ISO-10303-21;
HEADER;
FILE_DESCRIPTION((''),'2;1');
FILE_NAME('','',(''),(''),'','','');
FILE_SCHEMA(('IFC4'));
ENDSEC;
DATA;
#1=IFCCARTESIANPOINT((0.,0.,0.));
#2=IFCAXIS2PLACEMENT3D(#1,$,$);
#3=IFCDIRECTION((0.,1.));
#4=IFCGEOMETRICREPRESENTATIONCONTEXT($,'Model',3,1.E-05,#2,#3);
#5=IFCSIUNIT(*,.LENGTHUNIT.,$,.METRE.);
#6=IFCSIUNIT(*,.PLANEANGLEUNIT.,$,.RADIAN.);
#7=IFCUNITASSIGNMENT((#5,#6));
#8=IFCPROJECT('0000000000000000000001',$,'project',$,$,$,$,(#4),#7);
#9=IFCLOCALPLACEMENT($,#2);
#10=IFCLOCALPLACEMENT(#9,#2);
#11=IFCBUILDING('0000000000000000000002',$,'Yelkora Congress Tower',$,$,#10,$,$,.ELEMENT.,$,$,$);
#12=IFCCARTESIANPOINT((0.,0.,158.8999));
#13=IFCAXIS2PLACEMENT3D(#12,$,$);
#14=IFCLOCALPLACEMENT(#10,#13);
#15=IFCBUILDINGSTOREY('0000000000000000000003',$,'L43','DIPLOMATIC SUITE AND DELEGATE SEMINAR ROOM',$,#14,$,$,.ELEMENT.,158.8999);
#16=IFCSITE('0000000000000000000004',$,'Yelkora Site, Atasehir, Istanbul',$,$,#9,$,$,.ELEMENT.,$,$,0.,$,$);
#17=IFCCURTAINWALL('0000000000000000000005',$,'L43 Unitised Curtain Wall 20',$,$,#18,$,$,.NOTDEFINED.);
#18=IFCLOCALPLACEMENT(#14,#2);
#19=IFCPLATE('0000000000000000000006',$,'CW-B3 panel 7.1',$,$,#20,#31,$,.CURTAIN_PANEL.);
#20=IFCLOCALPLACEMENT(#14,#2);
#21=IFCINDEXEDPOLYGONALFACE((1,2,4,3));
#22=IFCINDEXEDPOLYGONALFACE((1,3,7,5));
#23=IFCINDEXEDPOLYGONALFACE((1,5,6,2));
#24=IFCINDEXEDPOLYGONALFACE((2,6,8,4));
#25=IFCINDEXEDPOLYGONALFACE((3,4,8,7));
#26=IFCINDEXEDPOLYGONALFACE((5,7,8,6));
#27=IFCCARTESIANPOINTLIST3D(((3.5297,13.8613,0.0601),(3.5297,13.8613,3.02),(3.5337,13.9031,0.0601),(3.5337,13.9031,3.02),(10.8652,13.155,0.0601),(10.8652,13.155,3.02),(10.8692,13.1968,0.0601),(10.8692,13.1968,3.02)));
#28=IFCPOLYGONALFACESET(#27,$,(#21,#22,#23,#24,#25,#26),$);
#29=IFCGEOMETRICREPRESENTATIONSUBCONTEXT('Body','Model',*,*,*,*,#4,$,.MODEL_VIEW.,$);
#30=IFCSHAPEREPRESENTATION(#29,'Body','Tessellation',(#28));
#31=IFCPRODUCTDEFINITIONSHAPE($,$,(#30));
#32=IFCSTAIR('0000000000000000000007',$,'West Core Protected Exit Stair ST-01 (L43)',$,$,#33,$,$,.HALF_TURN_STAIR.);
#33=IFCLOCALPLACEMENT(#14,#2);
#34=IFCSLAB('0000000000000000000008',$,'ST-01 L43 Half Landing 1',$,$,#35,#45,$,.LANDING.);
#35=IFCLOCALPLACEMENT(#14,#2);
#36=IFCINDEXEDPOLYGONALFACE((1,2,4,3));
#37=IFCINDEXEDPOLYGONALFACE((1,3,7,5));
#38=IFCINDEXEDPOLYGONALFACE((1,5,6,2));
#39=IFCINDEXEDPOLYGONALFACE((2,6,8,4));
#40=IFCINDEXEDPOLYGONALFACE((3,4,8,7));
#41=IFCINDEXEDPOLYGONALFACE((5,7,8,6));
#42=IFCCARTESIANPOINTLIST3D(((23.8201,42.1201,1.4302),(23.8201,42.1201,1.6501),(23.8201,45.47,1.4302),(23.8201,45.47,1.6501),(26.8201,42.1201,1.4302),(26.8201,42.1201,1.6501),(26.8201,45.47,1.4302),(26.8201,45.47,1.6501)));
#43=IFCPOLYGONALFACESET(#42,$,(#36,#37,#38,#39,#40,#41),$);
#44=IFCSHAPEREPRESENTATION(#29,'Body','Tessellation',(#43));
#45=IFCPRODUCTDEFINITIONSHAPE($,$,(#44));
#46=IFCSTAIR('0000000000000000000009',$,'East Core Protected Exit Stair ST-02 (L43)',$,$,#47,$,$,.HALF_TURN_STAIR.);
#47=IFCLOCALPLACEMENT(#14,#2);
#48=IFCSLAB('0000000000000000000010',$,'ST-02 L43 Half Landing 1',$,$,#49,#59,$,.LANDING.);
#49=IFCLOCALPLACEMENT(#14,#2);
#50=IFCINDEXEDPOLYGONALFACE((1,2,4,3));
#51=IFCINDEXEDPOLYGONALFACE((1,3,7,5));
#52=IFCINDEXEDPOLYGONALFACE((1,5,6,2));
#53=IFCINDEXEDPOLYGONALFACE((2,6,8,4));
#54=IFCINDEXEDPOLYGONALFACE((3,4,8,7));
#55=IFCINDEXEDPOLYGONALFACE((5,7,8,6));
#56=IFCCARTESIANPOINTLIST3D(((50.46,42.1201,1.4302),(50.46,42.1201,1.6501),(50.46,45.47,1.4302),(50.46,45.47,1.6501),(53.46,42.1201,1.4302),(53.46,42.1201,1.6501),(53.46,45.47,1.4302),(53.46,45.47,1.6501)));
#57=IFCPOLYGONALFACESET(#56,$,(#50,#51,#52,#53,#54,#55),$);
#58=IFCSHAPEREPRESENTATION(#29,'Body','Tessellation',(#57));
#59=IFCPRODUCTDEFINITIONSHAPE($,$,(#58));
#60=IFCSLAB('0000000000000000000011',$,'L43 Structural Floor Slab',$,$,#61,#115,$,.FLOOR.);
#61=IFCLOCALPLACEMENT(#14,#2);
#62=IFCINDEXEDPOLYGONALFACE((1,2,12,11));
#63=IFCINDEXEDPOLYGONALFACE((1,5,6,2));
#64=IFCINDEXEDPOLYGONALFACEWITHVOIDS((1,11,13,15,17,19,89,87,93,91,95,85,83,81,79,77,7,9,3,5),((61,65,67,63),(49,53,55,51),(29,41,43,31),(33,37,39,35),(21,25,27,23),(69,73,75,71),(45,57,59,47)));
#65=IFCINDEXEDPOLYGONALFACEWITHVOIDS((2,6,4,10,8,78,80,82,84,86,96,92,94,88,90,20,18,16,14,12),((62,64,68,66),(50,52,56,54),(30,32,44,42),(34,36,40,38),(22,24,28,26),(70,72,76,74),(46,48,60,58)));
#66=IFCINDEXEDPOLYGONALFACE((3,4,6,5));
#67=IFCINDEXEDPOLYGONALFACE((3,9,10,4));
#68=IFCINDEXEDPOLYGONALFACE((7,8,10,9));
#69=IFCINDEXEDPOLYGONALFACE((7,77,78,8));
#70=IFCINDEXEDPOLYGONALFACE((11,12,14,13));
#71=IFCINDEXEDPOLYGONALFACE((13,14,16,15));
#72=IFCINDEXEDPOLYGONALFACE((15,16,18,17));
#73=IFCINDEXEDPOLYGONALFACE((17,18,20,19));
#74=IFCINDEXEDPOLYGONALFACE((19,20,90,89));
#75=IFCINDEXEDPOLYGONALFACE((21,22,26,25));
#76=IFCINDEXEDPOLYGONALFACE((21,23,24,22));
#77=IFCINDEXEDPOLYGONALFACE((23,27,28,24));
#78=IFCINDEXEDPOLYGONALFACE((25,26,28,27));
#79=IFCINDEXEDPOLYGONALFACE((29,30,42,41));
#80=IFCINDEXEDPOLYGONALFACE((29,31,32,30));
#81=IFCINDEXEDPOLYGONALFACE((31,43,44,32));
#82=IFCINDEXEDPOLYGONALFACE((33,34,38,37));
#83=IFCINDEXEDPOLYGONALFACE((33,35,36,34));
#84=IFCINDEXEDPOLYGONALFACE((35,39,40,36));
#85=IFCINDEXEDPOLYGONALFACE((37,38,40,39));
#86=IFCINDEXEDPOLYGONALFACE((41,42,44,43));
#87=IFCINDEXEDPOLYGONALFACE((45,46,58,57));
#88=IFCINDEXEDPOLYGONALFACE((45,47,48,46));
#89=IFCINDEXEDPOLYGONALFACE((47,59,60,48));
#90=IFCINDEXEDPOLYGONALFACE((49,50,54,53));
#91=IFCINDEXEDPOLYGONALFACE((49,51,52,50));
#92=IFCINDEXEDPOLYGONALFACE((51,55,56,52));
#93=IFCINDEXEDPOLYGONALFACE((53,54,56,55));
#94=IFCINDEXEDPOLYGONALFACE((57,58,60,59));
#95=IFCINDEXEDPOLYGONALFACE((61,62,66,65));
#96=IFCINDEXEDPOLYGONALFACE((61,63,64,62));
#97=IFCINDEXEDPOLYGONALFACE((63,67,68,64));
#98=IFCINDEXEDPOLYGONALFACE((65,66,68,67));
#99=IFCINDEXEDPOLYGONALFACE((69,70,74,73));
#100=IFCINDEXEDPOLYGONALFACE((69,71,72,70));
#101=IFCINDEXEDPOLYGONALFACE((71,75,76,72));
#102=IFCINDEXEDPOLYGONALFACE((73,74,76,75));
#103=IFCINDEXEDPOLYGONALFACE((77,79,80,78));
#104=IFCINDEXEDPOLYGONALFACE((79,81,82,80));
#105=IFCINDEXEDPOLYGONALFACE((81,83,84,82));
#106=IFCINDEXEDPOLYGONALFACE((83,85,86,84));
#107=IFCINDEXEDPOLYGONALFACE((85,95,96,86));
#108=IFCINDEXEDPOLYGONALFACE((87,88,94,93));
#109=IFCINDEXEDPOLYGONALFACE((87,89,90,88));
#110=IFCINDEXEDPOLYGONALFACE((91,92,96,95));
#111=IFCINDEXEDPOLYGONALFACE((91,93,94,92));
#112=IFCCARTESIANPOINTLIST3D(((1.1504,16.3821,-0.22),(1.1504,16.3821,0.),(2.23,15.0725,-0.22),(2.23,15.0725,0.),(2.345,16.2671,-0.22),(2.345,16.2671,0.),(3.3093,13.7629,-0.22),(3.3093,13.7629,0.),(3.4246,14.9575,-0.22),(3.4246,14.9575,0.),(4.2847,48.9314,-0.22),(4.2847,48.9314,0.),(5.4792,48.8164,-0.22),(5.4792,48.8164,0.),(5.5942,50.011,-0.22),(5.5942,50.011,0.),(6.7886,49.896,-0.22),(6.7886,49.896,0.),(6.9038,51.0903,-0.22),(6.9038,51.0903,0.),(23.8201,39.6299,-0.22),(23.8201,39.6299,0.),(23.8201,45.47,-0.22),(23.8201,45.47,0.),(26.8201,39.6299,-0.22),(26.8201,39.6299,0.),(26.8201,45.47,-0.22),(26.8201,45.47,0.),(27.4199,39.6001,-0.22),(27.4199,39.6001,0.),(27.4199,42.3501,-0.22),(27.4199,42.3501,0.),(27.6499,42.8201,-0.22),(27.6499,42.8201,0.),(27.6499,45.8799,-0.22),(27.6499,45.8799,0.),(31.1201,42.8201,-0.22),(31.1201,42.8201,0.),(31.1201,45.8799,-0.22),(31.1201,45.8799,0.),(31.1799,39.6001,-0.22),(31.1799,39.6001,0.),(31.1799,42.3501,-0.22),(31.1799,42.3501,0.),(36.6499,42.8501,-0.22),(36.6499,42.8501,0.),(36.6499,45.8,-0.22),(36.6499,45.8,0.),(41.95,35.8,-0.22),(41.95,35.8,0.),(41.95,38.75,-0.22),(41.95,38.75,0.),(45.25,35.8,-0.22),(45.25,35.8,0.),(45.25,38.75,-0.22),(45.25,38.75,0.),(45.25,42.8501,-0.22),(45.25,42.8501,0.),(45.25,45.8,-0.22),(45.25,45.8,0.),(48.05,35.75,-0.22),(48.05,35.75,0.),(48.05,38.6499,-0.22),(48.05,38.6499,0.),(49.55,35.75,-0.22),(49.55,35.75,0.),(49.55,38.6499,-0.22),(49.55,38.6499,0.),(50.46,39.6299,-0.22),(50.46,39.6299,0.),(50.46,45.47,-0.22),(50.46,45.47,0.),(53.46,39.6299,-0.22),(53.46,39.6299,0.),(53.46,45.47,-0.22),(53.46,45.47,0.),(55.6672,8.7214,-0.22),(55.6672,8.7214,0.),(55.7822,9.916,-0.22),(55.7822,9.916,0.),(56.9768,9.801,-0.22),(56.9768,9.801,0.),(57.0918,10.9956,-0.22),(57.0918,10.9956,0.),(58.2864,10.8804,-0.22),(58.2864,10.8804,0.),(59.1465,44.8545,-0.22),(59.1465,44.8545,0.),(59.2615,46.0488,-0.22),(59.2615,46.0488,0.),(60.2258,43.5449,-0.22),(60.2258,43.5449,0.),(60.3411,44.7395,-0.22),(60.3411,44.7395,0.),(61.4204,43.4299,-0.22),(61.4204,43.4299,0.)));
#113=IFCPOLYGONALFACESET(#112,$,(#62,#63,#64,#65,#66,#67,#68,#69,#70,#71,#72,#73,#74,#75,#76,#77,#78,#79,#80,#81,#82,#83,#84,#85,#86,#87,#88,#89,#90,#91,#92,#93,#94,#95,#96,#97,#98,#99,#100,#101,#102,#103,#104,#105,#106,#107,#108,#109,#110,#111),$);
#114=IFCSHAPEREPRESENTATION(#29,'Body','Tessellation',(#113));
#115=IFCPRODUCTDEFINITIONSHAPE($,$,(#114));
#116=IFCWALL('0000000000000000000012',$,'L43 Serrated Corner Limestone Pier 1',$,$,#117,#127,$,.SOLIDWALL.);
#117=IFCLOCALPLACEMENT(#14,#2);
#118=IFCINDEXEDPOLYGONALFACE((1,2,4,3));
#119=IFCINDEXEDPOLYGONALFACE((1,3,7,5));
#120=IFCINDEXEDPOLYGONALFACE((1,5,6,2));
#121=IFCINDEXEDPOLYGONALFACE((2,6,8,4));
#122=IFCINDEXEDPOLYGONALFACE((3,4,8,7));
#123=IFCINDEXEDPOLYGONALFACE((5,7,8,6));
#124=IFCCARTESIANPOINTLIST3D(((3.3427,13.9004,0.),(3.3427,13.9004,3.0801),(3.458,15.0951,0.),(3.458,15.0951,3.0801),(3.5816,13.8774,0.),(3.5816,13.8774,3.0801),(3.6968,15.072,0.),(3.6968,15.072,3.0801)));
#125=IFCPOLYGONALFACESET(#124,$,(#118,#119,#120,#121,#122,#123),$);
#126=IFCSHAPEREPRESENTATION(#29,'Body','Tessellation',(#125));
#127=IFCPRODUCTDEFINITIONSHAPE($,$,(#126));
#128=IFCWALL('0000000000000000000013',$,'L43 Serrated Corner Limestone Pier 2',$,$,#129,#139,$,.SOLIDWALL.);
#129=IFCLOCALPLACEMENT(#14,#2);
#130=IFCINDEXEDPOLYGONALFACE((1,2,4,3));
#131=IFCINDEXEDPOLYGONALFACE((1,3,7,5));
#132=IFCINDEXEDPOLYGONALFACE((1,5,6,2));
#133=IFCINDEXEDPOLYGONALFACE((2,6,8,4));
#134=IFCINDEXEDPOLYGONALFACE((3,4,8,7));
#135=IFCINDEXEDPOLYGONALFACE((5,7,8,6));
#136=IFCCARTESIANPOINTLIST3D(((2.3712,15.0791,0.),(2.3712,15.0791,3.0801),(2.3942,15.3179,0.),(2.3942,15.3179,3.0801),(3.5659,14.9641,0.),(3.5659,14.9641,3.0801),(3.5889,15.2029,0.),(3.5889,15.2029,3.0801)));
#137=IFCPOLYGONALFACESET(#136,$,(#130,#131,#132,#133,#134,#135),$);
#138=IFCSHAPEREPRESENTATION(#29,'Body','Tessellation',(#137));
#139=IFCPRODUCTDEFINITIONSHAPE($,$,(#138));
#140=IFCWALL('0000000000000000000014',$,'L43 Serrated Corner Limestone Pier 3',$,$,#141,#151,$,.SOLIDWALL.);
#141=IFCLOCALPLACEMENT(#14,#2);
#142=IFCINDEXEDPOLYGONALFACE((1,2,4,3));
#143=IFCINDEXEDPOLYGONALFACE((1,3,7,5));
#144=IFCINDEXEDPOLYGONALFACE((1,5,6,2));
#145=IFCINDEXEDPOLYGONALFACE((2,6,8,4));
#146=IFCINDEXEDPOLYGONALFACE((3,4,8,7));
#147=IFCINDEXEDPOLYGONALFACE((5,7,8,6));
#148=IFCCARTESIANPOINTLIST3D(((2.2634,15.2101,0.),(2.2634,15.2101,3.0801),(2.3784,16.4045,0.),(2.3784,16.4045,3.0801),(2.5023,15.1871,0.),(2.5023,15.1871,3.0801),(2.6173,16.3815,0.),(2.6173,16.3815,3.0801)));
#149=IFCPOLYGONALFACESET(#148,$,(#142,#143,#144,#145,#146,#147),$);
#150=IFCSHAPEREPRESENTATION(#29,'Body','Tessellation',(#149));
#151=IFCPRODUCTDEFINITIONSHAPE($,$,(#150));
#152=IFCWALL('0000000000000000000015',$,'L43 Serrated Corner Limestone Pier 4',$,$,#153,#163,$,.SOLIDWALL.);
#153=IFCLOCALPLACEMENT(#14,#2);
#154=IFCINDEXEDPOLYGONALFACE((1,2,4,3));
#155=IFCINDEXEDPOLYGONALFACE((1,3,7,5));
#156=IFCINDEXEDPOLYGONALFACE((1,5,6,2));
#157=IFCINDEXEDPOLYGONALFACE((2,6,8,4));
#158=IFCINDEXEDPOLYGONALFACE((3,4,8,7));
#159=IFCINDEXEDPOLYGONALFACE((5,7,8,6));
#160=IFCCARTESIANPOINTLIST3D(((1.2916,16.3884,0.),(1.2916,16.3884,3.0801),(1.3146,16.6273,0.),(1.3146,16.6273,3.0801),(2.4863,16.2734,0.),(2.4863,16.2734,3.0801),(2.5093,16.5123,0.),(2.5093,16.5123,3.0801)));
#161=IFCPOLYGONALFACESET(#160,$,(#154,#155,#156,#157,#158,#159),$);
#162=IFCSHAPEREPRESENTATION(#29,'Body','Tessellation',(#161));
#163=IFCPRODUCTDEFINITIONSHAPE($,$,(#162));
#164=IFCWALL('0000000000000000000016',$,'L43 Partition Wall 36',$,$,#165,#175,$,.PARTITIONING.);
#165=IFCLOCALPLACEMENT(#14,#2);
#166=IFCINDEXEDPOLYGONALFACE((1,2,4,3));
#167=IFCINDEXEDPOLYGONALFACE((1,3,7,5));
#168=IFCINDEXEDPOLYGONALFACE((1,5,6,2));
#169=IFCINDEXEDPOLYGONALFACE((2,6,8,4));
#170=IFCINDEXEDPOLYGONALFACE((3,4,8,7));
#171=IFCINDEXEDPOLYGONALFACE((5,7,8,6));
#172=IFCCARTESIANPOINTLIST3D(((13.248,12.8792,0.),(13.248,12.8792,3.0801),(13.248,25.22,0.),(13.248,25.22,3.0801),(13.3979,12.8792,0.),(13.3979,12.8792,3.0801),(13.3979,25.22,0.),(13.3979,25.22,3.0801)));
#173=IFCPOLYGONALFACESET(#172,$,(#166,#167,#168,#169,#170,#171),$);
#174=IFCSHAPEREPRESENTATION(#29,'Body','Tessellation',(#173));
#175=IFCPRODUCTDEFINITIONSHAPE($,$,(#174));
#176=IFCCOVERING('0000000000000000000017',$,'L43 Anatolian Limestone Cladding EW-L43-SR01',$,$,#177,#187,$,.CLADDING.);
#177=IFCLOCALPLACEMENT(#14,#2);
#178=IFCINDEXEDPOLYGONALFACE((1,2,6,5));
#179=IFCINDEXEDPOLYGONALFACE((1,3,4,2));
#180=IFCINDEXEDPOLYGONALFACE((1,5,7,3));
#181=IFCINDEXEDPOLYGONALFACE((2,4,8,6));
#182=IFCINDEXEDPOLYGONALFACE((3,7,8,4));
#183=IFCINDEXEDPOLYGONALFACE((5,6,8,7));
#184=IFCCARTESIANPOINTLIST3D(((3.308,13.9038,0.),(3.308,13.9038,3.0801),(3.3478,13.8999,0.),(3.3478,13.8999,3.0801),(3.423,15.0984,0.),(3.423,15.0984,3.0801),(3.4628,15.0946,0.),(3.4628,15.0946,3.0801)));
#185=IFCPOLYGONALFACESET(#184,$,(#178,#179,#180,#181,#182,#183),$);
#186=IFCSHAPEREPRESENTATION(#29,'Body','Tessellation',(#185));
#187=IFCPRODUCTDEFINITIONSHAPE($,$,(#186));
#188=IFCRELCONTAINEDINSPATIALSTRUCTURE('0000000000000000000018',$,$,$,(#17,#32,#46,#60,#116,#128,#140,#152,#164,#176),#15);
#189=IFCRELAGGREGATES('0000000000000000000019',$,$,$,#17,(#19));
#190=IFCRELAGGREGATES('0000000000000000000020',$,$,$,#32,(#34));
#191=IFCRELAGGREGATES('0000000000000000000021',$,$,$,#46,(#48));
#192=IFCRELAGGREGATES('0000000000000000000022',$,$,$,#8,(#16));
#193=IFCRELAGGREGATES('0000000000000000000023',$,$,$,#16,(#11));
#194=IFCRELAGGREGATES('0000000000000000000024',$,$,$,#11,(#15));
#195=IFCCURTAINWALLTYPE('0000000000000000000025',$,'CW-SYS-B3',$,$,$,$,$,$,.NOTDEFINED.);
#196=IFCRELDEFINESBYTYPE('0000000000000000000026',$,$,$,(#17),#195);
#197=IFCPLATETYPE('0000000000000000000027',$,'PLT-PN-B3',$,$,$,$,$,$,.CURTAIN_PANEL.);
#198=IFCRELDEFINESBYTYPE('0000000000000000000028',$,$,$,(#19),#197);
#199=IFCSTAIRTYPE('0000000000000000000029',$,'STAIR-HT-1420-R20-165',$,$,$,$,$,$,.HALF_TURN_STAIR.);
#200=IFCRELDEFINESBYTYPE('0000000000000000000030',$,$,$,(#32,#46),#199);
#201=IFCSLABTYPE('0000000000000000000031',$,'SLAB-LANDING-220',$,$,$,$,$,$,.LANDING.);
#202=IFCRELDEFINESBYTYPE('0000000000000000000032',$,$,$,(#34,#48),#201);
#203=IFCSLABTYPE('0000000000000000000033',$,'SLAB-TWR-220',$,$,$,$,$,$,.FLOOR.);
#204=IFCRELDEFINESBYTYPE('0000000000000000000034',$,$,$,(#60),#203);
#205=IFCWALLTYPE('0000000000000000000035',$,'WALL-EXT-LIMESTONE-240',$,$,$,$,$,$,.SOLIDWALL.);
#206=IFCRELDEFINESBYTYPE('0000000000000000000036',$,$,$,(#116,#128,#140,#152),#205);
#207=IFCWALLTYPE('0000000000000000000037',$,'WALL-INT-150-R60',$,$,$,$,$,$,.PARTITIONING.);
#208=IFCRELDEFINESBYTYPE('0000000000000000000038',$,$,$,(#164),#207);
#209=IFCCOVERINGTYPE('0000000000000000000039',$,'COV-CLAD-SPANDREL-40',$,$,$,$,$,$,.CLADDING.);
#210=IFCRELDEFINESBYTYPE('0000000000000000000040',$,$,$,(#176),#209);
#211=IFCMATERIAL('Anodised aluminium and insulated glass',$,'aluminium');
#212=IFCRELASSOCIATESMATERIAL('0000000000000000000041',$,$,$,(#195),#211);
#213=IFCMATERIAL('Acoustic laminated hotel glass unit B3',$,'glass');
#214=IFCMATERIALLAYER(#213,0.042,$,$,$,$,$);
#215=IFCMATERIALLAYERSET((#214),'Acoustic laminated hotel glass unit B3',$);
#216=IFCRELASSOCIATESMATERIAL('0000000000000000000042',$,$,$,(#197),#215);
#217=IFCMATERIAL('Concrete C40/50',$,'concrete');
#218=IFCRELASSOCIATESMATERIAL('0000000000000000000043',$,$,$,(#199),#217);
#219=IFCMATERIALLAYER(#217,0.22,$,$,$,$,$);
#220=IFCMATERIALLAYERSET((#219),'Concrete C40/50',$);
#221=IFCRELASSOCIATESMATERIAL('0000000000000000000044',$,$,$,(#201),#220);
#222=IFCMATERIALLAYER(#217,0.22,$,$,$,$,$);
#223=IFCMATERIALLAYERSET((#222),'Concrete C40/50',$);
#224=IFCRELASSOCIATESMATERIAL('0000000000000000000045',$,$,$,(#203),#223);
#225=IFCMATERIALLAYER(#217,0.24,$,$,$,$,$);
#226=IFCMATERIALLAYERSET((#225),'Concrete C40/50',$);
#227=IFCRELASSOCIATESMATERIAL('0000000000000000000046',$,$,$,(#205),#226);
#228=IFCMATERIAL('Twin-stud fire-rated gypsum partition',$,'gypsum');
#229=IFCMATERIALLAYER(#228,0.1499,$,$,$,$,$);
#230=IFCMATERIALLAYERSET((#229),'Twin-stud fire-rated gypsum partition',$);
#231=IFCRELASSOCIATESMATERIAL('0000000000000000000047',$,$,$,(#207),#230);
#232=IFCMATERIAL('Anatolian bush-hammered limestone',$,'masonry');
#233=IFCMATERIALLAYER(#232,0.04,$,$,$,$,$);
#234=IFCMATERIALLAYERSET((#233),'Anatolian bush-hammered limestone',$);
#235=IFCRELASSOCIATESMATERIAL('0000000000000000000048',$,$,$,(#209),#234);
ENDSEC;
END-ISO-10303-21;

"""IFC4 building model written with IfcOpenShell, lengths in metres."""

from ifc_helpers import new_model, si_unit, direction, frame, frame_2d, origin, origin_2d, place, context, subcontext, project, spatial, polyline, rectangle, outline, extrude, material, layer, layer_set, type_object, element, aggregate, save


model = new_model("IFC4")

# Units and contexts
model_context = context("Model", 3, precision=1e-05, world=origin(), true_north=direction((0.0, 1.0)))
body_context = subcontext(model_context, "Body", "Model", "MODEL_VIEW")
ifc_project = project(units=[si_unit("LENGTHUNIT", "METRE"), si_unit("PLANEANGLEUNIT", "RADIAN")], contexts=[model_context])

# Site, building, storey
site_placement = place(None, origin())
site = spatial("IfcSite", under=ifc_project, at=site_placement, Name="Yelkora Site, Atasehir, Istanbul", CompositionType="ELEMENT", RefElevation=0.0)
building_placement = place(site_placement, origin())
building = spatial("IfcBuilding", under=site, at=building_placement, Name="Yelkora Congress Tower", CompositionType="ELEMENT")
storey_placement = place(building_placement, frame((0.0, 0.0, 158.8999)))
storey = spatial("IfcBuildingStorey", under=building, at=storey_placement, Name="L43", Description="DIPLOMATIC SUITE AND DELEGATE SEMINAR ROOM", CompositionType="ELEMENT", Elevation=158.8999)

# Curtain wall, plate
ifc_material_1 = material(Name="Anodised aluminium and insulated glass", Category="aluminium")
curtain_wall_type = type_object("IfcCurtainWallType", Name="CW-SYS-B3", PredefinedType="NOTDEFINED", material=ifc_material_1)
curtain_wall_placement = place(storey_placement, origin())
curtain_wall = element("IfcCurtainWall", 1, at=curtain_wall_placement, inside=storey, type_object=curtain_wall_type, Name="L43 Unitised Curtain Wall 20", PredefinedType="NOTDEFINED")
ifc_material_2 = material(Name="Acoustic laminated hotel glass unit B3", Category="glass")
ifc_layer_1 = layer(ifc_material_2, 0.042)
ifc_layer_set_1 = layer_set([ifc_layer_1], Name="Acoustic laminated hotel glass unit B3")
plate_type = type_object("IfcPlateType", Name="PLT-PN-B3", PredefinedType="CURTAIN_PANEL", material=ifc_layer_set_1)
plate_1_placement = place(storey_placement, frame((7.1995, 13.5291, 0.0601), z_axis=(0.0, 0.0, 1.0), x_axis=(-0.995396, 0.095845, 0.0)))
plate_1 = element("IfcPlate", 2, at=plate_1_placement, type_object=plate_type, Name="CW-B3 panel 7.1", PredefinedType="CURTAIN_PANEL", context=body_context, shape_type="SweptSolid", body=[
    extrude(rectangle(XDim=7.3694, YDim=0.042, at=origin_2d()), origin(), (0.0, 0.0, 1.0), 2.96),
])
aggregate(curtain_wall, [plate_1])

# Stairs, slabs
ifc_material_3 = material(Name="Concrete C40/50", Category="concrete")
stair_type = type_object("IfcStairType", Name="STAIR-HT-1420-R20-165", PredefinedType="HALF_TURN_STAIR", material=ifc_material_3)
stair_1_placement = place(storey_placement, origin())
stair_1 = element("IfcStair", 3, at=stair_1_placement, inside=storey, type_object=stair_type, Name="West Core Protected Exit Stair ST-01 (L43)", PredefinedType="HALF_TURN_STAIR")
ifc_layer_2 = layer(ifc_material_3, 0.22)
ifc_layer_set_2 = layer_set([ifc_layer_2], Name="Concrete C40/50")
slab_type_1 = type_object("IfcSlabType", Name="SLAB-LANDING-220", PredefinedType="LANDING", material=ifc_layer_set_2)
slab_1_placement = place(storey_placement, frame((0.0, 0.0, 1.4302)))
slab_1 = element("IfcSlab", 4, at=slab_1_placement, type_object=slab_type_1, Name="ST-01 L43 Half Landing 1", PredefinedType="LANDING", context=body_context, shape_type="SweptSolid", body=[
    extrude(outline(polyline([(26.8201, 42.1201), (26.8201, 45.47), (23.8201, 45.47), (23.8201, 42.1201), (26.8201, 42.1201)])), origin(), (0.0, 0.0, 1.0), 0.22),
])
aggregate(stair_1, [slab_1])
stair_2_placement = place(storey_placement, origin())
stair_2 = element("IfcStair", 5, at=stair_2_placement, inside=storey, type_object=stair_type, Name="East Core Protected Exit Stair ST-02 (L43)", PredefinedType="HALF_TURN_STAIR")
slab_2_placement = place(storey_placement, frame((0.0, 0.0, 1.4302)))
slab_2 = element("IfcSlab", 6, at=slab_2_placement, type_object=slab_type_1, Name="ST-02 L43 Half Landing 1", PredefinedType="LANDING", context=body_context, shape_type="SweptSolid", body=[
    extrude(outline(polyline([(53.46, 42.1201), (53.46, 45.47), (50.46, 45.47), (50.46, 42.1201), (53.46, 42.1201)])), origin(), (0.0, 0.0, 1.0), 0.22),
])
aggregate(stair_2, [slab_2])

# Slab
ifc_layer_3 = layer(ifc_material_3, 0.22)
ifc_layer_set_3 = layer_set([ifc_layer_3], Name="Concrete C40/50")
slab_type_2 = type_object("IfcSlabType", Name="SLAB-TWR-220", PredefinedType="FLOOR", material=ifc_layer_set_3)
slab_3_placement = place(storey_placement, frame((0.0, 0.0, -0.22)))
element("IfcSlab", 7, at=slab_3_placement, inside=storey, type_object=slab_type_2, Name="L43 Structural Floor Slab", PredefinedType="FLOOR", context=body_context, shape_type="SweptSolid", body=[
    extrude(outline(polyline([(3.3093, 13.7629), (55.6672, 8.7214), (55.7822, 9.916), (56.9768, 9.801), (57.0918, 10.9956), (58.2864, 10.8804), (61.4204, 43.4299), (60.2258, 43.5449), (60.3411, 44.7395), (59.1465, 44.8545), (59.2615, 46.0488), (6.9038, 51.0903), (6.7886, 49.896), (5.5942, 50.011), (5.4792, 48.8164), (4.2847, 48.9314), (1.1504, 16.3821), (2.345, 16.2671), (2.23, 15.0725), (3.4246, 14.9575), (3.3093, 13.7629)]), holes=[polyline([(23.8201, 39.6299), (26.8201, 39.6299), (26.8201, 45.47), (23.8201, 45.47), (23.8201, 39.6299)]), polyline([(50.46, 39.6299), (53.46, 39.6299), (53.46, 45.47), (50.46, 45.47), (50.46, 39.6299)]), polyline([(48.05, 35.75), (49.55, 35.75), (49.55, 38.6499), (48.05, 38.6499), (48.05, 35.75)]), polyline([(36.6499, 42.8501), (45.25, 42.8501), (45.25, 45.8), (36.6499, 45.8), (36.6499, 42.8501)]), polyline([(41.95, 35.8), (45.25, 35.8), (45.25, 38.75), (41.95, 38.75), (41.95, 35.8)]), polyline([(27.4199, 39.6001), (31.1799, 39.6001), (31.1799, 42.3501), (27.4199, 42.3501), (27.4199, 39.6001)]), polyline([(27.6499, 42.8201), (31.1201, 42.8201), (31.1201, 45.8799), (27.6499, 45.8799), (27.6499, 42.8201)])]), origin(), (0.0, 0.0, 1.0), 0.22),
])

# Walls
ifc_layer_4 = layer(ifc_material_3, 0.24)
ifc_layer_set_4 = layer_set([ifc_layer_4], Name="Concrete C40/50")
wall_type_1 = type_object("IfcWallType", Name="WALL-EXT-LIMESTONE-240", PredefinedType="SOLIDWALL", material=ifc_layer_set_4)
for number, where, z_axis, x_axis, name in (
    (8, (3.4622, 13.8889, 0.0), (0.0, 0.0, 1.0), (0.096019, 0.99538, 0.0), "L43 Serrated Corner Limestone Pier 1"),
    (9, (3.5774, 15.0835, 0.0), (0.0, 0.0, 1.0), (-0.995399, 0.095817, 0.0), "L43 Serrated Corner Limestone Pier 2"),
):
    element("IfcWall", number, at=place(storey_placement, frame(where, z_axis=z_axis, x_axis=x_axis)), inside=storey, type_object=wall_type_1, Name=name, PredefinedType="SOLIDWALL", context=body_context, shape_type="SweptSolid", body=[
        extrude(rectangle(XDim=1.2002, YDim=0.24, at=frame_2d((0.6001, 0.0))), origin(), (0.0, 0.0, 1.0), 3.0801),
    ])
wall_1_placement = place(storey_placement, frame((2.3828, 15.1985, 0.0), z_axis=(0.0, 0.0, 1.0), x_axis=(0.095836, 0.995397, 0.0)))
element("IfcWall", 10, at=wall_1_placement, inside=storey, type_object=wall_type_1, Name="L43 Serrated Corner Limestone Pier 3", PredefinedType="SOLIDWALL", context=body_context, shape_type="SweptSolid", body=[
    extrude(rectangle(XDim=1.2, YDim=0.24, at=frame_2d((0.6001, 0.0))), origin(), (0.0, 0.0, 1.0), 3.0801),
])
wall_2_placement = place(storey_placement, frame((2.4978, 16.3928, 0.0), z_axis=(0.0, 0.0, 1.0), x_axis=(-0.995399, 0.095817, 0.0)))
element("IfcWall", 11, at=wall_2_placement, inside=storey, type_object=wall_type_1, Name="L43 Serrated Corner Limestone Pier 4", PredefinedType="SOLIDWALL", context=body_context, shape_type="SweptSolid", body=[
    extrude(rectangle(XDim=1.2002, YDim=0.24, at=frame_2d((0.6001, 0.0))), origin(), (0.0, 0.0, 1.0), 3.0801),
])
ifc_material_4 = material(Name="Twin-stud fire-rated gypsum partition", Category="gypsum")
ifc_layer_5 = layer(ifc_material_4, 0.1499)
ifc_layer_set_5 = layer_set([ifc_layer_5], Name="Twin-stud fire-rated gypsum partition")
wall_type_2 = type_object("IfcWallType", Name="WALL-INT-150-R60", PredefinedType="PARTITIONING", material=ifc_layer_set_5)
wall_3_placement = place(storey_placement, frame((13.323, 12.8792, 0.0), z_axis=(0.0, 0.0, 1.0), x_axis=(0.0, 1.0, 0.0)))
element("IfcWall", 12, at=wall_3_placement, inside=storey, type_object=wall_type_2, Name="L43 Partition Wall 36", PredefinedType="PARTITIONING", context=body_context, shape_type="SweptSolid", body=[
    extrude(rectangle(XDim=12.3408, YDim=0.1499, at=frame_2d((6.1704, 0.0))), origin(), (0.0, 0.0, 1.0), 3.0801),
])

# Covering
ifc_material_5 = material(Name="Anatolian bush-hammered limestone", Category="masonry")
ifc_layer_6 = layer(ifc_material_5, 0.04)
ifc_layer_set_6 = layer_set([ifc_layer_6], Name="Anatolian bush-hammered limestone")
covering_type = type_object("IfcCoveringType", Name="COV-CLAD-SPANDREL-40", PredefinedType="CLADDING", material=ifc_layer_set_6)
covering_1_placement = place(storey_placement, frame((3.3279, 13.9019, 0.0), z_axis=(0.0, 0.0, 1.0), x_axis=(0.095817, 0.995399, 0.0)))
element("IfcCovering", 13, at=covering_1_placement, inside=storey, type_object=covering_type, Name="L43 Anatolian Limestone Cladding EW-L43-SR01", PredefinedType="CLADDING", context=body_context, shape_type="SweptSolid", body=[
    extrude(rectangle(XDim=1.2002, YDim=0.04, at=frame_2d((0.6001, 0.0))), origin(), (0.0, 0.0, 1.0), 3.0801),
])

save(model, "model.ifc")
